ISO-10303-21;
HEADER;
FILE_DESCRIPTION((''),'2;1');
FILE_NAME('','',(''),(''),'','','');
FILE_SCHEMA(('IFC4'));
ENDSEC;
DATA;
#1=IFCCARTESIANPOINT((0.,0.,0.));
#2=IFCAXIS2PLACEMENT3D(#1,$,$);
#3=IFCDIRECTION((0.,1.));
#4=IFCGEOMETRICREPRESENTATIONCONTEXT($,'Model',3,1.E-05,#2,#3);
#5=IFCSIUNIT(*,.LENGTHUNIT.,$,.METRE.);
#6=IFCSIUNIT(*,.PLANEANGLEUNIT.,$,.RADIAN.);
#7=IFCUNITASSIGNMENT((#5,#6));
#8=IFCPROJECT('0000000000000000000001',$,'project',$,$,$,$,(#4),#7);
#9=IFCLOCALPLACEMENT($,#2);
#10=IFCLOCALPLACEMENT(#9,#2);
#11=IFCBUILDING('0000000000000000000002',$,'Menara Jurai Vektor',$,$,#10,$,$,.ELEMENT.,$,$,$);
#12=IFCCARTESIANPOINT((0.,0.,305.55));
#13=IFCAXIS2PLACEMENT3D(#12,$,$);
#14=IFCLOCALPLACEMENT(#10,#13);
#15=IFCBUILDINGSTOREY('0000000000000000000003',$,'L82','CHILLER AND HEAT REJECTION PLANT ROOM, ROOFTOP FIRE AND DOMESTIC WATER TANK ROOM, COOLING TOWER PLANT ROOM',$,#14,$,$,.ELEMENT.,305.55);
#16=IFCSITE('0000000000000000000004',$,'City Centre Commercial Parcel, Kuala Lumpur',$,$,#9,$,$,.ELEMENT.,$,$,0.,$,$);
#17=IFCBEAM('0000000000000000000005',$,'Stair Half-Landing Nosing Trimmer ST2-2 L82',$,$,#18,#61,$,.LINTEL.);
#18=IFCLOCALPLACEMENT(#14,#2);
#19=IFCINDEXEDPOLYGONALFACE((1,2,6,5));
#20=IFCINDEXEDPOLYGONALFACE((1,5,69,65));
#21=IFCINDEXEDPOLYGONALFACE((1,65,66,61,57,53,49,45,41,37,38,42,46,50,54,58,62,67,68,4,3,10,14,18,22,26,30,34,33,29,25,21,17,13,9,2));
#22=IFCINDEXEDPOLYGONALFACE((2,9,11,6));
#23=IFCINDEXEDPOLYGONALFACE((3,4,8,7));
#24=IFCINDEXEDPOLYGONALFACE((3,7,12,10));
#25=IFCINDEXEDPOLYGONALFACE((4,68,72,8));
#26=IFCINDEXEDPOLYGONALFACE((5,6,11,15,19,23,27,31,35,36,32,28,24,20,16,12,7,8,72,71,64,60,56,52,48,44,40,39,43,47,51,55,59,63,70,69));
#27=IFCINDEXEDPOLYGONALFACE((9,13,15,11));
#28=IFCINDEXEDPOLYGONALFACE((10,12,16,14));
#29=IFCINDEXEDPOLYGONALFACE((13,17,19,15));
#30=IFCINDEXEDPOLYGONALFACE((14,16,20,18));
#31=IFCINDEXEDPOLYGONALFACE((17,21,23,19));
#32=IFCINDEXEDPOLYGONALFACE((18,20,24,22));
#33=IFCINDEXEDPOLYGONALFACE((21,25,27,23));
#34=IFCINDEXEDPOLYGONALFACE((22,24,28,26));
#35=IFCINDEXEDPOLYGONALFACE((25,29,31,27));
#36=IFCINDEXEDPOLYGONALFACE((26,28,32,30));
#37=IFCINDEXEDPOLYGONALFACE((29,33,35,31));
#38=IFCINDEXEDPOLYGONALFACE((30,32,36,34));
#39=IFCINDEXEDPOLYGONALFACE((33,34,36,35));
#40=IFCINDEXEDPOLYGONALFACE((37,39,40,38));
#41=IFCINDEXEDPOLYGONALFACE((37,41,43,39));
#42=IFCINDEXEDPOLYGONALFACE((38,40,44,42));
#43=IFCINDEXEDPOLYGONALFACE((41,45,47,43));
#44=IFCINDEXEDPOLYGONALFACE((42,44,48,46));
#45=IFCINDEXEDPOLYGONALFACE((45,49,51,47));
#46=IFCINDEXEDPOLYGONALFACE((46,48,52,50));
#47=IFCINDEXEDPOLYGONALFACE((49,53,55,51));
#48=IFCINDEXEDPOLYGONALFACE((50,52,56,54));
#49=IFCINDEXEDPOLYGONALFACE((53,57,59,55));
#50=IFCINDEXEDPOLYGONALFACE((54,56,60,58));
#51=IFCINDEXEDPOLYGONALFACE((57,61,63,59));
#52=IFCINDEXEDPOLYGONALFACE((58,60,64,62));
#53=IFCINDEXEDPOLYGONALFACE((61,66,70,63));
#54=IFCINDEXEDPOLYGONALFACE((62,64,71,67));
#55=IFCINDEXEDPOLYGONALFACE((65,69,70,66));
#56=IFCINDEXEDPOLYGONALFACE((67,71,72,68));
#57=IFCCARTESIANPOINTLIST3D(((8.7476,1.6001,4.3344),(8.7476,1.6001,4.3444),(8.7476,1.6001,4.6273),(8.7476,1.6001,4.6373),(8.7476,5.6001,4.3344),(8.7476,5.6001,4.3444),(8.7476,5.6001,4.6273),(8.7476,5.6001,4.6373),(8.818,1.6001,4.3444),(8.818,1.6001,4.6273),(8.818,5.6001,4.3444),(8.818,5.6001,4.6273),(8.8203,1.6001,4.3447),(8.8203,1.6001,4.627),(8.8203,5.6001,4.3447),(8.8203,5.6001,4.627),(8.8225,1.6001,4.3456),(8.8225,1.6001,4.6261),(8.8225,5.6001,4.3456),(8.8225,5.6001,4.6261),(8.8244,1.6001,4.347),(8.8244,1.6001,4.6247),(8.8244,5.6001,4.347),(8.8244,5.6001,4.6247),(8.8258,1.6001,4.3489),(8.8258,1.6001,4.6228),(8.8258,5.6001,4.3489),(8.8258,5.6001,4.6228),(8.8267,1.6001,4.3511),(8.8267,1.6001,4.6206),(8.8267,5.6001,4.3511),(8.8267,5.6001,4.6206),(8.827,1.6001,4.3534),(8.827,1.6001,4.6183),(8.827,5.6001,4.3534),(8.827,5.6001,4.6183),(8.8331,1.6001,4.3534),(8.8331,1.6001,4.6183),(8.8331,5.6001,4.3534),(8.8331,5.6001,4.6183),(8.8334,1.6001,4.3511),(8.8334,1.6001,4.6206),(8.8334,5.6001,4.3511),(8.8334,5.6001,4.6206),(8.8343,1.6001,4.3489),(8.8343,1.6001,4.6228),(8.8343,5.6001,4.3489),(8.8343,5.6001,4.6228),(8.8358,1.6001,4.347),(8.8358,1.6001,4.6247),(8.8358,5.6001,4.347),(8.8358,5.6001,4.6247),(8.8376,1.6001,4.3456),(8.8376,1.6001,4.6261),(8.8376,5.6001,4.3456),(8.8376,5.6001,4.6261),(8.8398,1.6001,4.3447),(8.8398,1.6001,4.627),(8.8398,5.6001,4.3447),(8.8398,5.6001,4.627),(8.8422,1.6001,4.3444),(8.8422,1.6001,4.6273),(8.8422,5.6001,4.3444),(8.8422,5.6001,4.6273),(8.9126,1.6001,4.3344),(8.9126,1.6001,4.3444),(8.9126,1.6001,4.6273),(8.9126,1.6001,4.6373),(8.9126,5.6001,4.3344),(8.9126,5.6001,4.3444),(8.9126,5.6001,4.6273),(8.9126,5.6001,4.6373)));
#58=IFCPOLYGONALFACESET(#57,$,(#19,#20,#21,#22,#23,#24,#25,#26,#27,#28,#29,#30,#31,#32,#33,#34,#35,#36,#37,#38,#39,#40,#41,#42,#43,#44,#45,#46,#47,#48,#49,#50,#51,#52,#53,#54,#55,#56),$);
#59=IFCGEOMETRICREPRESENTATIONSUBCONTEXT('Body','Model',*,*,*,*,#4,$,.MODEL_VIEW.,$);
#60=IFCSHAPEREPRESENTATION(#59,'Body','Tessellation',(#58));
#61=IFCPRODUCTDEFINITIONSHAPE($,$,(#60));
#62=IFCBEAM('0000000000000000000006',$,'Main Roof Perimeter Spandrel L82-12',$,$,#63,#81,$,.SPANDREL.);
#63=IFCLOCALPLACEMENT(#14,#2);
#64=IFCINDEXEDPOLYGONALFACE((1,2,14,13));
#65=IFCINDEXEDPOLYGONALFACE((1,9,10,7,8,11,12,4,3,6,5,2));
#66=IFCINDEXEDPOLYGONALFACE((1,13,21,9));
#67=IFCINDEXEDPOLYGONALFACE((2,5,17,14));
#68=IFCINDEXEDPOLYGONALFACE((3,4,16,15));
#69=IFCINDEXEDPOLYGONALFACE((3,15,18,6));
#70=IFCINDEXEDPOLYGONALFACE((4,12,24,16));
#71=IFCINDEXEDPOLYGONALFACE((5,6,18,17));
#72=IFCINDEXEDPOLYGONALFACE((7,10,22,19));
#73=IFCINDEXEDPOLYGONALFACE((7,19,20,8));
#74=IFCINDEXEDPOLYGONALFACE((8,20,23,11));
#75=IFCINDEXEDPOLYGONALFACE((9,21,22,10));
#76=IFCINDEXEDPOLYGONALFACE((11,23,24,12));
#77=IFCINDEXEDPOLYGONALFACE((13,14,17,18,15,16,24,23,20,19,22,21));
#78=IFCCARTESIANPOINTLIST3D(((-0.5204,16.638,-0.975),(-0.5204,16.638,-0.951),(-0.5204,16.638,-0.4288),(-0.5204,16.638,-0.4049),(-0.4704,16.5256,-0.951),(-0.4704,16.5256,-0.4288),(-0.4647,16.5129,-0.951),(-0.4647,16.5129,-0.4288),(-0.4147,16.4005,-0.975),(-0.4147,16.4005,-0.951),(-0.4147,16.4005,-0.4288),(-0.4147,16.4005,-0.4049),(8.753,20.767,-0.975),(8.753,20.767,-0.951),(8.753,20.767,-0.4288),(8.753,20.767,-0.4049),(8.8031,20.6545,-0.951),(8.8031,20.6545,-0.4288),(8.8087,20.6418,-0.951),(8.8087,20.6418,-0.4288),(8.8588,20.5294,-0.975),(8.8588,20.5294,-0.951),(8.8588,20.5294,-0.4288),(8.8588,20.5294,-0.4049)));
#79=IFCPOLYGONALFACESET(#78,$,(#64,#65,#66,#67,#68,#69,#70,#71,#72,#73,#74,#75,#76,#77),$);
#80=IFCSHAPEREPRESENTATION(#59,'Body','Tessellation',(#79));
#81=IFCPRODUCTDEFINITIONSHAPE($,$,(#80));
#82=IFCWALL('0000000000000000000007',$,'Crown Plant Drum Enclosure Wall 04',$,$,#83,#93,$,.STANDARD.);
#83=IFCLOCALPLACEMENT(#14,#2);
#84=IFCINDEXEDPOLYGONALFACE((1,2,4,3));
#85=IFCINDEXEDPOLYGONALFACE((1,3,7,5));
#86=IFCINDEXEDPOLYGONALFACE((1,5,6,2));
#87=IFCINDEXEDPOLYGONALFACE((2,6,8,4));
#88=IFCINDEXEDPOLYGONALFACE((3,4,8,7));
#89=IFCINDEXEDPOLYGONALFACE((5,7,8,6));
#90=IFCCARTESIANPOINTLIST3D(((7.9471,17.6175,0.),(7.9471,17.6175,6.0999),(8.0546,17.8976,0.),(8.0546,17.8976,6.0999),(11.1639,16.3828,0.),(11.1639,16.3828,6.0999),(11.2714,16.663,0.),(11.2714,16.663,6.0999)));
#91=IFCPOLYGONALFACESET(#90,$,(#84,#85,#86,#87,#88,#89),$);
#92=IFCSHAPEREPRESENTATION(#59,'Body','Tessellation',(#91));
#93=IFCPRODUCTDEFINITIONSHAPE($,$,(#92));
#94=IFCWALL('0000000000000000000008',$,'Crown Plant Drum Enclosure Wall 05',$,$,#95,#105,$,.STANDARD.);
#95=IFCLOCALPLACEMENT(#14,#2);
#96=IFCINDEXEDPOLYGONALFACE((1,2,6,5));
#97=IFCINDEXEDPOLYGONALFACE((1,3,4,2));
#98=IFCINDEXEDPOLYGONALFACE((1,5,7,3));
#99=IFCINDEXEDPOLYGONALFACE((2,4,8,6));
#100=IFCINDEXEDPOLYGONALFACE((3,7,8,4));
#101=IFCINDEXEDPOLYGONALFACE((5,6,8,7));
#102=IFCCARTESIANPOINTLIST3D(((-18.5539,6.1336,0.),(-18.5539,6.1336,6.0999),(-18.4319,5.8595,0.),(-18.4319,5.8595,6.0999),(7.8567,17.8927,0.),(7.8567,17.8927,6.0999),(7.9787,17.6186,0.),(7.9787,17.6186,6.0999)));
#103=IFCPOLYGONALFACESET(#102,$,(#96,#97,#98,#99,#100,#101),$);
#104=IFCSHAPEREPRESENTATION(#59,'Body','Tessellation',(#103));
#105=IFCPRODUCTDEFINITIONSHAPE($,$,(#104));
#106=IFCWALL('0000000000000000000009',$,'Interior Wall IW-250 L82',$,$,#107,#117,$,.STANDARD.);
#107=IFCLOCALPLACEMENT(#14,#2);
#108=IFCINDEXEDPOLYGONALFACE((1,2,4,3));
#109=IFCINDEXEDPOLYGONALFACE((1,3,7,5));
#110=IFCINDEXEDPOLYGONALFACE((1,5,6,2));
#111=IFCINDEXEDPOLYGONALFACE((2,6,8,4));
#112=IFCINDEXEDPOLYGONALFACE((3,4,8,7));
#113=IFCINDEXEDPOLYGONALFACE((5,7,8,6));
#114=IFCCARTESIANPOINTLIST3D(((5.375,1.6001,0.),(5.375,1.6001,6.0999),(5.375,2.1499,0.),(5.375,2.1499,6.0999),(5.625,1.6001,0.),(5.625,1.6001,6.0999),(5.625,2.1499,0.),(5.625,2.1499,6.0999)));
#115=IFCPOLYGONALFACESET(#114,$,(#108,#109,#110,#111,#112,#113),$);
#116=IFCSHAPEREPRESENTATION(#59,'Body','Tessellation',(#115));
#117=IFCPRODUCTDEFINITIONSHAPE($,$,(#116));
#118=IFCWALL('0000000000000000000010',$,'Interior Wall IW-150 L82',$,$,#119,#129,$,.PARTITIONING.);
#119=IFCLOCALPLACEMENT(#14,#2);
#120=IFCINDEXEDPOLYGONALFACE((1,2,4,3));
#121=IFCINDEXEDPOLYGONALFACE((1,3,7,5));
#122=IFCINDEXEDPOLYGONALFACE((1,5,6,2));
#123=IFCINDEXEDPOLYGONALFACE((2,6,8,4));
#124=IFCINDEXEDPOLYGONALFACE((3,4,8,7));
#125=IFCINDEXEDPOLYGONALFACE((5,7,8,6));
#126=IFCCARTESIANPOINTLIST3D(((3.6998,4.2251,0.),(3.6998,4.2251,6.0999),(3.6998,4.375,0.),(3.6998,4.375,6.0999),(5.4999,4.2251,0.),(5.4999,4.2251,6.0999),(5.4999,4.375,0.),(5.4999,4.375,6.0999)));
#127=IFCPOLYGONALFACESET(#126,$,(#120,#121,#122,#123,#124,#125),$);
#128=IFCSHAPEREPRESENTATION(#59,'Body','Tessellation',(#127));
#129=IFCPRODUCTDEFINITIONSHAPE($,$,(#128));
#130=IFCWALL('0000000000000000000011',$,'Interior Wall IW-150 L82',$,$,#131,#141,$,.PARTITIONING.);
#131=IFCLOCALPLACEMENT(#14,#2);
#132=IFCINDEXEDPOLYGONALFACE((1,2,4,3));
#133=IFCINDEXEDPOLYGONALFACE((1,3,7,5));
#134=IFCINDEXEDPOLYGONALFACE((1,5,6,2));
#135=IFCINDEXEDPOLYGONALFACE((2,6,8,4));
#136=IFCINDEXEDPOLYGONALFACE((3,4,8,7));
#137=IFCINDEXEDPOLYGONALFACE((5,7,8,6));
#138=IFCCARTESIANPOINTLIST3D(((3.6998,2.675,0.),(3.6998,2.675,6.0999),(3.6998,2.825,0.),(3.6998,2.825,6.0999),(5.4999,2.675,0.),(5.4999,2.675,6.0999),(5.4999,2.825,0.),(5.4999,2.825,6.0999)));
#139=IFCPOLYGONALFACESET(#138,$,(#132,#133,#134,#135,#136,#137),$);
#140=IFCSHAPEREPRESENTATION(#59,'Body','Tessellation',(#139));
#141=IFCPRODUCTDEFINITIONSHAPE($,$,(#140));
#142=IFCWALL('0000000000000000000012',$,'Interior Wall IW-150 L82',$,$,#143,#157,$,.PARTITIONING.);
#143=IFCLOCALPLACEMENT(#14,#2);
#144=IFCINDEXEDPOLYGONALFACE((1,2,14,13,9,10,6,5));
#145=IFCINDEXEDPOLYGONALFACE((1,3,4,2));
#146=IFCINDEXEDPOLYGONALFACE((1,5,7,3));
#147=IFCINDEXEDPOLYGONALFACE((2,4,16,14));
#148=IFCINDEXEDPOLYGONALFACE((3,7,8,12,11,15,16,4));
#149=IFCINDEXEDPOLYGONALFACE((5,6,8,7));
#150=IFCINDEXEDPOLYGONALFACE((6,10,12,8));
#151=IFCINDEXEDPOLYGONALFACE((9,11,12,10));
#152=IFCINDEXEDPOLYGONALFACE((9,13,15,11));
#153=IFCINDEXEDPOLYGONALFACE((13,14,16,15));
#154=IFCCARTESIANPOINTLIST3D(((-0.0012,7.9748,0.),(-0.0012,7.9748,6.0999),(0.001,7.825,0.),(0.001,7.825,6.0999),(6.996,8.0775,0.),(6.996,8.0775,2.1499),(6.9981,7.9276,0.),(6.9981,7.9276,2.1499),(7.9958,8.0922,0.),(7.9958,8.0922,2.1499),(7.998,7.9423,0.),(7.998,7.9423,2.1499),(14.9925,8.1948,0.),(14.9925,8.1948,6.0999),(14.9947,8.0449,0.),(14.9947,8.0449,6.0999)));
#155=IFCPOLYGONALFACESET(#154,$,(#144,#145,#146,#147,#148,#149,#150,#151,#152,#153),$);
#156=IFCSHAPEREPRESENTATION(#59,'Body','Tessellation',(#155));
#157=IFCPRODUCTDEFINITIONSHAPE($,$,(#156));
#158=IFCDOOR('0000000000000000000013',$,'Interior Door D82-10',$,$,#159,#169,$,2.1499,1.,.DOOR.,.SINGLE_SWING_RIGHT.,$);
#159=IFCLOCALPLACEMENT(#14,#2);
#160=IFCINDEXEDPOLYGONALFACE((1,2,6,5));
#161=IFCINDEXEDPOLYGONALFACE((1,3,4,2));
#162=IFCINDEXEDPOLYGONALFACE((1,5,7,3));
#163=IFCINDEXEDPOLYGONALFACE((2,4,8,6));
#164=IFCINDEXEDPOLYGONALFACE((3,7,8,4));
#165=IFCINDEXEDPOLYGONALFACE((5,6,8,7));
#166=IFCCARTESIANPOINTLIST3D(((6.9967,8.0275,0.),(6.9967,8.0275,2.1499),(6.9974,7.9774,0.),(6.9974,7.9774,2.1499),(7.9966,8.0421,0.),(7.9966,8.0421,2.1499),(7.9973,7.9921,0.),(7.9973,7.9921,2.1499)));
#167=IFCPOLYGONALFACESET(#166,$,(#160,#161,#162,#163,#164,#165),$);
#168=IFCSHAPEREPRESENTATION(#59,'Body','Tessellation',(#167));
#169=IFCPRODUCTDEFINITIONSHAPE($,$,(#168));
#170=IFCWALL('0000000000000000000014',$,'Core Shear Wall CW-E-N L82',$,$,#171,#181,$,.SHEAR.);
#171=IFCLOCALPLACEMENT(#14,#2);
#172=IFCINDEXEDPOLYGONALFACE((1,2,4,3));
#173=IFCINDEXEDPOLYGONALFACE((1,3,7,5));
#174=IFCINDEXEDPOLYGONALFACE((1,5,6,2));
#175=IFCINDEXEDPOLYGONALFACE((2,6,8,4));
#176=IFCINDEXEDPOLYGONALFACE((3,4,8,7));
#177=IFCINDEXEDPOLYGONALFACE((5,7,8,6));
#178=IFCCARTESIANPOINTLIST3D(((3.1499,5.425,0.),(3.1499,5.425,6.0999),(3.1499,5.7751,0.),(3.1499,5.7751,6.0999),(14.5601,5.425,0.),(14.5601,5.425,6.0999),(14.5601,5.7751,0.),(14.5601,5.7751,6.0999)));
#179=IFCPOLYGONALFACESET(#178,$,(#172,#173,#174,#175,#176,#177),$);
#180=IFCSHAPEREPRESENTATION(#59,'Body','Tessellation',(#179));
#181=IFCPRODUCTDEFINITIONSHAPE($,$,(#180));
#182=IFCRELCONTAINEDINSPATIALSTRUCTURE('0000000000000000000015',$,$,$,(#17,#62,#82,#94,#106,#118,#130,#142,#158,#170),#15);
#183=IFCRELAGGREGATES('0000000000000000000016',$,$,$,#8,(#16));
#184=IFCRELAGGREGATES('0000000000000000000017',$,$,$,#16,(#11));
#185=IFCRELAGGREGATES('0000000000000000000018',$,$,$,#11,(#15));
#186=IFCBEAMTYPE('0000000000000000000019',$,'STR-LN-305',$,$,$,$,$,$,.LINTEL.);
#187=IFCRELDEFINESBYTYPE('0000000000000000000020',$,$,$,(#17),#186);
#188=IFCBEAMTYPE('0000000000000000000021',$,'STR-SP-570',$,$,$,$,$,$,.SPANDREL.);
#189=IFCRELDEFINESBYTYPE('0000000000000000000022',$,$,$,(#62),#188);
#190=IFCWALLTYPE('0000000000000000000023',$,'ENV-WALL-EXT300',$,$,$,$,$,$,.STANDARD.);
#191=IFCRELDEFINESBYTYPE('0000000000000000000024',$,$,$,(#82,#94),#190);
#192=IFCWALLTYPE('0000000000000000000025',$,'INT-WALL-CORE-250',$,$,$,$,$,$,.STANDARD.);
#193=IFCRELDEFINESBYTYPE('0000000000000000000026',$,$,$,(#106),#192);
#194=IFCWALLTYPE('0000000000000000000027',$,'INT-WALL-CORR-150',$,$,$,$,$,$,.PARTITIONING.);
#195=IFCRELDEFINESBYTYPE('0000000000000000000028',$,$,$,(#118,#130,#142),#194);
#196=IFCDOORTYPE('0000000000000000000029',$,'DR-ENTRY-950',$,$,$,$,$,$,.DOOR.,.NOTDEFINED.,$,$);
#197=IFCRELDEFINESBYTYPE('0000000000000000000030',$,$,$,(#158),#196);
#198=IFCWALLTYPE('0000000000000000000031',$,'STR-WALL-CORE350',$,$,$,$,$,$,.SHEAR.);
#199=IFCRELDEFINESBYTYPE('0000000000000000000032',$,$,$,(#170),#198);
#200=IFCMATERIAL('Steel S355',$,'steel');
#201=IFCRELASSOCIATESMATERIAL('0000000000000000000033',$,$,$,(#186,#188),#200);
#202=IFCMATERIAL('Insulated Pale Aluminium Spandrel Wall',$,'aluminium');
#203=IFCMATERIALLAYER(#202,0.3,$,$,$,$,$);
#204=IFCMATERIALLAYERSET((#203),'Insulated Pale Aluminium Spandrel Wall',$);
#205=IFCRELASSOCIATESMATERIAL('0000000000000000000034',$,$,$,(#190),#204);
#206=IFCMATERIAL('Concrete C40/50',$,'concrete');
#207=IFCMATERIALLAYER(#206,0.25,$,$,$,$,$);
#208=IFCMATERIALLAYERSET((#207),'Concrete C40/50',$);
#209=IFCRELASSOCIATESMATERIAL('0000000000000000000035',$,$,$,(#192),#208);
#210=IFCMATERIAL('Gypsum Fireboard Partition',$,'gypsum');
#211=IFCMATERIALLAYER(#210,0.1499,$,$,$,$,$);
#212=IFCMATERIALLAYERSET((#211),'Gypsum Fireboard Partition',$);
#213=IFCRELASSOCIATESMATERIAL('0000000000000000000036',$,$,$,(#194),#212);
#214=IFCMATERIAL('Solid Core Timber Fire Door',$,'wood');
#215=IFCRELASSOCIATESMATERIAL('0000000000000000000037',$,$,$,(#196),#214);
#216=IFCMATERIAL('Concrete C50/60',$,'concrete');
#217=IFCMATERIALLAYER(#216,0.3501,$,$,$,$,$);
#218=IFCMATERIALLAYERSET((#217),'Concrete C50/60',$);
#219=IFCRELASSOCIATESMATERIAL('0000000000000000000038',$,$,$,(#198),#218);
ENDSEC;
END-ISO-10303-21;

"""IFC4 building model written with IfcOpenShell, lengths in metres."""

from ifc_helpers import new_model, si_unit, direction, frame, frame_2d, origin, origin_2d, place, context, subcontext, project, spatial, rectangle, i_section, extrude, material, layer, layer_set, material_profile, profile_set, type_object, element, fill, save


model = new_model("IFC4")

# Units and contexts
model_context = context("Model", 3, precision=1e-05, world=origin(), true_north=direction((0.0, 1.0)))
body_context = subcontext(model_context, "Body", "Model", "MODEL_VIEW")
ifc_project = project(units=[si_unit("LENGTHUNIT", "METRE"), si_unit("PLANEANGLEUNIT", "RADIAN")], contexts=[model_context])

# Site, building, storey
site_placement = place(None, origin())
site = spatial("IfcSite", under=ifc_project, at=site_placement, Name="City Centre Commercial Parcel, Kuala Lumpur", CompositionType="ELEMENT", RefElevation=0.0)
building_placement = place(site_placement, origin())
building = spatial("IfcBuilding", under=site, at=building_placement, Name="Menara Jurai Vektor", CompositionType="ELEMENT")
storey_placement = place(building_placement, frame((0.0, 0.0, 305.55)))
storey = spatial("IfcBuildingStorey", under=building, at=storey_placement, Name="L82", Description="CHILLER AND HEAT REJECTION PLANT ROOM, ROOFTOP FIRE AND DOMESTIC WATER TANK ROOM, COOLING TOWER PLANT ROOM", CompositionType="ELEMENT", Elevation=305.55)

# Shared definitions
ifc_material_1 = material(Name="Concrete C50/60", Category="concrete")
ifc_material_2 = material(Name="Steel S355", Category="steel")

# Beams
ifc_material_profile_1 = material_profile(ifc_material_2, i_section(OverallWidth=0.165, OverallDepth=0.303, WebThickness=0.0061, FlangeThickness=0.01, FilletRadius=0.009, at=origin_2d()), Name="UKB 305x165x40")
ifc_profile_set_1 = profile_set([ifc_material_profile_1], Name="Steel S355")
beam_type_1 = type_object("IfcBeamType", Name="STR-LN-305", PredefinedType="LINTEL", material=ifc_profile_set_1)
beam_1_placement = place(storey_placement, frame((8.8301, 1.6001, 4.4858), z_axis=(0.0, 1.0, 0.0), x_axis=(-1.0, 0.0, 0.0)))
element("IfcBeam", 1, at=beam_1_placement, inside=storey, type_object=beam_type_1, Name="Stair Half-Landing Nosing Trimmer ST2-2 L82", PredefinedType="LINTEL", context=body_context, shape_type="SweptSolid", body=[
    extrude(i_section(OverallWidth=0.165, OverallDepth=0.303, WebThickness=0.0061, FlangeThickness=0.01, FilletRadius=0.009, at=origin_2d()), origin(), (0.0, 0.0, 1.0), 4.0),
])
ifc_material_profile_2 = material_profile(ifc_material_2, i_section(OverallWidth=0.26, OverallDepth=0.5701, WebThickness=0.0139, FlangeThickness=0.0239, at=origin_2d()), Name="PG 570x260x145")
ifc_profile_set_2 = profile_set([ifc_material_profile_2], Name="Steel S355")
beam_type_2 = type_object("IfcBeamType", Name="STR-SP-570", PredefinedType="SPANDREL", material=ifc_profile_set_2)
beam_2_placement = place(storey_placement, frame((8.8059, 20.6482, -0.6899), z_axis=(-0.913542, -0.406745, 0.0), x_axis=(0.406745, -0.913542, 0.0)))
element("IfcBeam", 2, at=beam_2_placement, inside=storey, type_object=beam_type_2, Name="Main Roof Perimeter Spandrel L82-12", PredefinedType="SPANDREL", context=body_context, shape_type="SweptSolid", body=[
    extrude(i_section(OverallWidth=0.26, OverallDepth=0.5701, WebThickness=0.0139, FlangeThickness=0.0239, at=origin_2d()), origin(), (0.0, 0.0, 1.0), 10.1511),
])

# Walls
ifc_material_3 = material(Name="Insulated Pale Aluminium Spandrel Wall", Category="aluminium")
ifc_layer_1 = layer(ifc_material_3, 0.3)
ifc_layer_set_1 = layer_set([ifc_layer_1], Name="Insulated Pale Aluminium Spandrel Wall")
wall_type_1 = type_object("IfcWallType", Name="ENV-WALL-EXT300", PredefinedType="STANDARD", material=ifc_layer_set_1)
wall_1_placement = place(storey_placement, frame((11.2175, 16.5229, 0.0), z_axis=(0.0, 0.0, 1.0), x_axis=(-0.933599, 0.358319, 0.0)))
element("IfcWall", 3, at=wall_1_placement, inside=storey, type_object=wall_type_1, Name="Crown Plant Drum Enclosure Wall 04", PredefinedType="STANDARD", context=body_context, shape_type="SweptSolid", body=[
    extrude(rectangle(XDim=3.4456, YDim=0.3, at=frame_2d((1.7227, 0.0))), origin(), (0.0, 0.0, 1.0), 6.0999),
])
wall_2_placement = place(storey_placement, frame((7.9177, 17.7556, 0.0), z_axis=(0.0, 0.0, 1.0), x_axis=(-0.913542, -0.406744, 0.0)))
element("IfcWall", 4, at=wall_2_placement, inside=storey, type_object=wall_type_1, Name="Crown Plant Drum Enclosure Wall 05", PredefinedType="STANDARD", context=body_context, shape_type="SweptSolid", body=[
    extrude(rectangle(XDim=28.9102, YDim=0.3, at=frame_2d((14.4551, 0.0))), origin(), (0.0, 0.0, 1.0), 6.0999),
])

# Shared definitions
ifc_material_4 = material(Name="Concrete C40/50", Category="concrete")
ifc_layer_2 = layer(ifc_material_4, 0.25)
ifc_layer_set_2 = layer_set([ifc_layer_2], Name="Concrete C40/50")
wall_type_2 = type_object("IfcWallType", Name="INT-WALL-CORE-250", PredefinedType="STANDARD", material=ifc_layer_set_2)

# Walls
wall_3_placement = place(storey_placement, frame((5.5, 1.6001, 0.0), z_axis=(0.0, 0.0, 1.0), x_axis=(0.0, 1.0, 0.0)))
element("IfcWall", 5, at=wall_3_placement, inside=storey, type_object=wall_type_2, Name="Interior Wall IW-250 L82", PredefinedType="STANDARD", context=body_context, shape_type="SweptSolid", body=[
    extrude(rectangle(XDim=0.5498, YDim=0.25, at=frame_2d((0.2749, 0.0))), origin(), (0.0, 0.0, 1.0), 6.0999),
])
ifc_material_5 = material(Name="Gypsum Fireboard Partition", Category="gypsum")
ifc_layer_3 = layer(ifc_material_5, 0.1499)
ifc_layer_set_3 = layer_set([ifc_layer_3], Name="Gypsum Fireboard Partition")
wall_type_3 = type_object("IfcWallType", Name="INT-WALL-CORR-150", PredefinedType="PARTITIONING", material=ifc_layer_set_3)
for number, where, z_axis, x_axis, name in (
    (6, (3.7, 4.3, 0.0), (0.0, 0.0, 1.0), (1.0, 0.0, 0.0), "Interior Wall IW-150 L82"),
    (7, (3.7, 2.75, 0.0), (0.0, 0.0, 1.0), (1.0, 0.0, 0.0), "Interior Wall IW-150 L82"),
):
    element("IfcWall", number, at=place(storey_placement, frame(where, z_axis=z_axis, x_axis=x_axis)), inside=storey, type_object=wall_type_3, Name=name, PredefinedType="PARTITIONING", context=body_context, shape_type="SweptSolid", body=[
        extrude(rectangle(XDim=1.8, YDim=0.1499, at=frame_2d((0.8999, 0.0))), origin(), (0.0, 0.0, 1.0), 6.0999),
    ])

# Wall, opening, door
wall_4_placement = place(storey_placement, frame((0.0, 7.8999, 0.0), z_axis=(0.0, 0.0, 1.0), x_axis=(0.999892, 0.014669, 0.0)))
wall_4 = element("IfcWall", 8, at=wall_4_placement, inside=storey, type_object=wall_type_3, Name="Interior Wall IW-150 L82", PredefinedType="PARTITIONING", context=body_context, shape_type="SweptSolid", body=[
    extrude(rectangle(XDim=14.9954, YDim=0.1499, at=frame_2d((7.4976, 0.0))), origin(), (0.0, 0.0, 1.0), 6.0999),
])
opening_1_placement = place(wall_4_placement, frame((6.9978, 0.0, 0.0)))
opening_1 = element("IfcOpeningElement", 9, at=opening_1_placement, cuts=wall_4, PredefinedType="OPENING", context=body_context, shape_type="SweptSolid", body=[
    extrude(rectangle(XDim=1.0, YDim=2.1499, at=frame_2d((0.5, 1.075))), frame((0.0, 0.085, 0.0), z_axis=(0.0, -1.0, 0.0), x_axis=(1.0, 0.0, 0.0)), (0.0, 0.0, 1.0), 0.1699),
])
ifc_material_6 = material(Name="Solid Core Timber Fire Door", Category="wood")
door_type_1 = type_object("IfcDoorType", Name="DR-ENTRY-950", OperationType="NOTDEFINED", PredefinedType="DOOR", material=ifc_material_6)
door_1_placement = place(opening_1_placement, origin())
door_1 = element("IfcDoor", 10, at=door_1_placement, inside=storey, type_object=door_type_1, Name="Interior Door D82-10", OperationType="SINGLE_SWING_RIGHT", OverallHeight=2.1499, OverallWidth=1.0, PredefinedType="DOOR", context=body_context, shape_type="SweptSolid", body=[
    extrude(rectangle(XDim=1.0, YDim=2.1499, at=frame_2d((0.5, 1.075))), frame((0.0, 0.0249, 0.0), z_axis=(0.0, -1.0, 0.0), x_axis=(1.0, 0.0, 0.0)), (0.0, 0.0, 1.0), 0.05),
])
fill(opening_1, door_1)

# Wall
ifc_layer_4 = layer(ifc_material_1, 0.3501)
ifc_layer_set_4 = layer_set([ifc_layer_4], Name="Concrete C50/60")
wall_type_4 = type_object("IfcWallType", Name="STR-WALL-CORE350", PredefinedType="SHEAR", material=ifc_layer_set_4)
wall_5_placement = place(storey_placement, frame((3.1499, 5.6001, 0.0), z_axis=(0.0, 0.0, 1.0), x_axis=(1.0, 0.0, 0.0)))
element("IfcWall", 11, at=wall_5_placement, inside=storey, type_object=wall_type_4, Name="Core Shear Wall CW-E-N L82", PredefinedType="SHEAR", context=body_context, shape_type="SweptSolid", body=[
    extrude(rectangle(XDim=11.4102, YDim=0.3501, at=frame_2d((5.7051, 0.0))), origin(), (0.0, 0.0, 1.0), 6.0999),
])

save(model, "model.ifc")
